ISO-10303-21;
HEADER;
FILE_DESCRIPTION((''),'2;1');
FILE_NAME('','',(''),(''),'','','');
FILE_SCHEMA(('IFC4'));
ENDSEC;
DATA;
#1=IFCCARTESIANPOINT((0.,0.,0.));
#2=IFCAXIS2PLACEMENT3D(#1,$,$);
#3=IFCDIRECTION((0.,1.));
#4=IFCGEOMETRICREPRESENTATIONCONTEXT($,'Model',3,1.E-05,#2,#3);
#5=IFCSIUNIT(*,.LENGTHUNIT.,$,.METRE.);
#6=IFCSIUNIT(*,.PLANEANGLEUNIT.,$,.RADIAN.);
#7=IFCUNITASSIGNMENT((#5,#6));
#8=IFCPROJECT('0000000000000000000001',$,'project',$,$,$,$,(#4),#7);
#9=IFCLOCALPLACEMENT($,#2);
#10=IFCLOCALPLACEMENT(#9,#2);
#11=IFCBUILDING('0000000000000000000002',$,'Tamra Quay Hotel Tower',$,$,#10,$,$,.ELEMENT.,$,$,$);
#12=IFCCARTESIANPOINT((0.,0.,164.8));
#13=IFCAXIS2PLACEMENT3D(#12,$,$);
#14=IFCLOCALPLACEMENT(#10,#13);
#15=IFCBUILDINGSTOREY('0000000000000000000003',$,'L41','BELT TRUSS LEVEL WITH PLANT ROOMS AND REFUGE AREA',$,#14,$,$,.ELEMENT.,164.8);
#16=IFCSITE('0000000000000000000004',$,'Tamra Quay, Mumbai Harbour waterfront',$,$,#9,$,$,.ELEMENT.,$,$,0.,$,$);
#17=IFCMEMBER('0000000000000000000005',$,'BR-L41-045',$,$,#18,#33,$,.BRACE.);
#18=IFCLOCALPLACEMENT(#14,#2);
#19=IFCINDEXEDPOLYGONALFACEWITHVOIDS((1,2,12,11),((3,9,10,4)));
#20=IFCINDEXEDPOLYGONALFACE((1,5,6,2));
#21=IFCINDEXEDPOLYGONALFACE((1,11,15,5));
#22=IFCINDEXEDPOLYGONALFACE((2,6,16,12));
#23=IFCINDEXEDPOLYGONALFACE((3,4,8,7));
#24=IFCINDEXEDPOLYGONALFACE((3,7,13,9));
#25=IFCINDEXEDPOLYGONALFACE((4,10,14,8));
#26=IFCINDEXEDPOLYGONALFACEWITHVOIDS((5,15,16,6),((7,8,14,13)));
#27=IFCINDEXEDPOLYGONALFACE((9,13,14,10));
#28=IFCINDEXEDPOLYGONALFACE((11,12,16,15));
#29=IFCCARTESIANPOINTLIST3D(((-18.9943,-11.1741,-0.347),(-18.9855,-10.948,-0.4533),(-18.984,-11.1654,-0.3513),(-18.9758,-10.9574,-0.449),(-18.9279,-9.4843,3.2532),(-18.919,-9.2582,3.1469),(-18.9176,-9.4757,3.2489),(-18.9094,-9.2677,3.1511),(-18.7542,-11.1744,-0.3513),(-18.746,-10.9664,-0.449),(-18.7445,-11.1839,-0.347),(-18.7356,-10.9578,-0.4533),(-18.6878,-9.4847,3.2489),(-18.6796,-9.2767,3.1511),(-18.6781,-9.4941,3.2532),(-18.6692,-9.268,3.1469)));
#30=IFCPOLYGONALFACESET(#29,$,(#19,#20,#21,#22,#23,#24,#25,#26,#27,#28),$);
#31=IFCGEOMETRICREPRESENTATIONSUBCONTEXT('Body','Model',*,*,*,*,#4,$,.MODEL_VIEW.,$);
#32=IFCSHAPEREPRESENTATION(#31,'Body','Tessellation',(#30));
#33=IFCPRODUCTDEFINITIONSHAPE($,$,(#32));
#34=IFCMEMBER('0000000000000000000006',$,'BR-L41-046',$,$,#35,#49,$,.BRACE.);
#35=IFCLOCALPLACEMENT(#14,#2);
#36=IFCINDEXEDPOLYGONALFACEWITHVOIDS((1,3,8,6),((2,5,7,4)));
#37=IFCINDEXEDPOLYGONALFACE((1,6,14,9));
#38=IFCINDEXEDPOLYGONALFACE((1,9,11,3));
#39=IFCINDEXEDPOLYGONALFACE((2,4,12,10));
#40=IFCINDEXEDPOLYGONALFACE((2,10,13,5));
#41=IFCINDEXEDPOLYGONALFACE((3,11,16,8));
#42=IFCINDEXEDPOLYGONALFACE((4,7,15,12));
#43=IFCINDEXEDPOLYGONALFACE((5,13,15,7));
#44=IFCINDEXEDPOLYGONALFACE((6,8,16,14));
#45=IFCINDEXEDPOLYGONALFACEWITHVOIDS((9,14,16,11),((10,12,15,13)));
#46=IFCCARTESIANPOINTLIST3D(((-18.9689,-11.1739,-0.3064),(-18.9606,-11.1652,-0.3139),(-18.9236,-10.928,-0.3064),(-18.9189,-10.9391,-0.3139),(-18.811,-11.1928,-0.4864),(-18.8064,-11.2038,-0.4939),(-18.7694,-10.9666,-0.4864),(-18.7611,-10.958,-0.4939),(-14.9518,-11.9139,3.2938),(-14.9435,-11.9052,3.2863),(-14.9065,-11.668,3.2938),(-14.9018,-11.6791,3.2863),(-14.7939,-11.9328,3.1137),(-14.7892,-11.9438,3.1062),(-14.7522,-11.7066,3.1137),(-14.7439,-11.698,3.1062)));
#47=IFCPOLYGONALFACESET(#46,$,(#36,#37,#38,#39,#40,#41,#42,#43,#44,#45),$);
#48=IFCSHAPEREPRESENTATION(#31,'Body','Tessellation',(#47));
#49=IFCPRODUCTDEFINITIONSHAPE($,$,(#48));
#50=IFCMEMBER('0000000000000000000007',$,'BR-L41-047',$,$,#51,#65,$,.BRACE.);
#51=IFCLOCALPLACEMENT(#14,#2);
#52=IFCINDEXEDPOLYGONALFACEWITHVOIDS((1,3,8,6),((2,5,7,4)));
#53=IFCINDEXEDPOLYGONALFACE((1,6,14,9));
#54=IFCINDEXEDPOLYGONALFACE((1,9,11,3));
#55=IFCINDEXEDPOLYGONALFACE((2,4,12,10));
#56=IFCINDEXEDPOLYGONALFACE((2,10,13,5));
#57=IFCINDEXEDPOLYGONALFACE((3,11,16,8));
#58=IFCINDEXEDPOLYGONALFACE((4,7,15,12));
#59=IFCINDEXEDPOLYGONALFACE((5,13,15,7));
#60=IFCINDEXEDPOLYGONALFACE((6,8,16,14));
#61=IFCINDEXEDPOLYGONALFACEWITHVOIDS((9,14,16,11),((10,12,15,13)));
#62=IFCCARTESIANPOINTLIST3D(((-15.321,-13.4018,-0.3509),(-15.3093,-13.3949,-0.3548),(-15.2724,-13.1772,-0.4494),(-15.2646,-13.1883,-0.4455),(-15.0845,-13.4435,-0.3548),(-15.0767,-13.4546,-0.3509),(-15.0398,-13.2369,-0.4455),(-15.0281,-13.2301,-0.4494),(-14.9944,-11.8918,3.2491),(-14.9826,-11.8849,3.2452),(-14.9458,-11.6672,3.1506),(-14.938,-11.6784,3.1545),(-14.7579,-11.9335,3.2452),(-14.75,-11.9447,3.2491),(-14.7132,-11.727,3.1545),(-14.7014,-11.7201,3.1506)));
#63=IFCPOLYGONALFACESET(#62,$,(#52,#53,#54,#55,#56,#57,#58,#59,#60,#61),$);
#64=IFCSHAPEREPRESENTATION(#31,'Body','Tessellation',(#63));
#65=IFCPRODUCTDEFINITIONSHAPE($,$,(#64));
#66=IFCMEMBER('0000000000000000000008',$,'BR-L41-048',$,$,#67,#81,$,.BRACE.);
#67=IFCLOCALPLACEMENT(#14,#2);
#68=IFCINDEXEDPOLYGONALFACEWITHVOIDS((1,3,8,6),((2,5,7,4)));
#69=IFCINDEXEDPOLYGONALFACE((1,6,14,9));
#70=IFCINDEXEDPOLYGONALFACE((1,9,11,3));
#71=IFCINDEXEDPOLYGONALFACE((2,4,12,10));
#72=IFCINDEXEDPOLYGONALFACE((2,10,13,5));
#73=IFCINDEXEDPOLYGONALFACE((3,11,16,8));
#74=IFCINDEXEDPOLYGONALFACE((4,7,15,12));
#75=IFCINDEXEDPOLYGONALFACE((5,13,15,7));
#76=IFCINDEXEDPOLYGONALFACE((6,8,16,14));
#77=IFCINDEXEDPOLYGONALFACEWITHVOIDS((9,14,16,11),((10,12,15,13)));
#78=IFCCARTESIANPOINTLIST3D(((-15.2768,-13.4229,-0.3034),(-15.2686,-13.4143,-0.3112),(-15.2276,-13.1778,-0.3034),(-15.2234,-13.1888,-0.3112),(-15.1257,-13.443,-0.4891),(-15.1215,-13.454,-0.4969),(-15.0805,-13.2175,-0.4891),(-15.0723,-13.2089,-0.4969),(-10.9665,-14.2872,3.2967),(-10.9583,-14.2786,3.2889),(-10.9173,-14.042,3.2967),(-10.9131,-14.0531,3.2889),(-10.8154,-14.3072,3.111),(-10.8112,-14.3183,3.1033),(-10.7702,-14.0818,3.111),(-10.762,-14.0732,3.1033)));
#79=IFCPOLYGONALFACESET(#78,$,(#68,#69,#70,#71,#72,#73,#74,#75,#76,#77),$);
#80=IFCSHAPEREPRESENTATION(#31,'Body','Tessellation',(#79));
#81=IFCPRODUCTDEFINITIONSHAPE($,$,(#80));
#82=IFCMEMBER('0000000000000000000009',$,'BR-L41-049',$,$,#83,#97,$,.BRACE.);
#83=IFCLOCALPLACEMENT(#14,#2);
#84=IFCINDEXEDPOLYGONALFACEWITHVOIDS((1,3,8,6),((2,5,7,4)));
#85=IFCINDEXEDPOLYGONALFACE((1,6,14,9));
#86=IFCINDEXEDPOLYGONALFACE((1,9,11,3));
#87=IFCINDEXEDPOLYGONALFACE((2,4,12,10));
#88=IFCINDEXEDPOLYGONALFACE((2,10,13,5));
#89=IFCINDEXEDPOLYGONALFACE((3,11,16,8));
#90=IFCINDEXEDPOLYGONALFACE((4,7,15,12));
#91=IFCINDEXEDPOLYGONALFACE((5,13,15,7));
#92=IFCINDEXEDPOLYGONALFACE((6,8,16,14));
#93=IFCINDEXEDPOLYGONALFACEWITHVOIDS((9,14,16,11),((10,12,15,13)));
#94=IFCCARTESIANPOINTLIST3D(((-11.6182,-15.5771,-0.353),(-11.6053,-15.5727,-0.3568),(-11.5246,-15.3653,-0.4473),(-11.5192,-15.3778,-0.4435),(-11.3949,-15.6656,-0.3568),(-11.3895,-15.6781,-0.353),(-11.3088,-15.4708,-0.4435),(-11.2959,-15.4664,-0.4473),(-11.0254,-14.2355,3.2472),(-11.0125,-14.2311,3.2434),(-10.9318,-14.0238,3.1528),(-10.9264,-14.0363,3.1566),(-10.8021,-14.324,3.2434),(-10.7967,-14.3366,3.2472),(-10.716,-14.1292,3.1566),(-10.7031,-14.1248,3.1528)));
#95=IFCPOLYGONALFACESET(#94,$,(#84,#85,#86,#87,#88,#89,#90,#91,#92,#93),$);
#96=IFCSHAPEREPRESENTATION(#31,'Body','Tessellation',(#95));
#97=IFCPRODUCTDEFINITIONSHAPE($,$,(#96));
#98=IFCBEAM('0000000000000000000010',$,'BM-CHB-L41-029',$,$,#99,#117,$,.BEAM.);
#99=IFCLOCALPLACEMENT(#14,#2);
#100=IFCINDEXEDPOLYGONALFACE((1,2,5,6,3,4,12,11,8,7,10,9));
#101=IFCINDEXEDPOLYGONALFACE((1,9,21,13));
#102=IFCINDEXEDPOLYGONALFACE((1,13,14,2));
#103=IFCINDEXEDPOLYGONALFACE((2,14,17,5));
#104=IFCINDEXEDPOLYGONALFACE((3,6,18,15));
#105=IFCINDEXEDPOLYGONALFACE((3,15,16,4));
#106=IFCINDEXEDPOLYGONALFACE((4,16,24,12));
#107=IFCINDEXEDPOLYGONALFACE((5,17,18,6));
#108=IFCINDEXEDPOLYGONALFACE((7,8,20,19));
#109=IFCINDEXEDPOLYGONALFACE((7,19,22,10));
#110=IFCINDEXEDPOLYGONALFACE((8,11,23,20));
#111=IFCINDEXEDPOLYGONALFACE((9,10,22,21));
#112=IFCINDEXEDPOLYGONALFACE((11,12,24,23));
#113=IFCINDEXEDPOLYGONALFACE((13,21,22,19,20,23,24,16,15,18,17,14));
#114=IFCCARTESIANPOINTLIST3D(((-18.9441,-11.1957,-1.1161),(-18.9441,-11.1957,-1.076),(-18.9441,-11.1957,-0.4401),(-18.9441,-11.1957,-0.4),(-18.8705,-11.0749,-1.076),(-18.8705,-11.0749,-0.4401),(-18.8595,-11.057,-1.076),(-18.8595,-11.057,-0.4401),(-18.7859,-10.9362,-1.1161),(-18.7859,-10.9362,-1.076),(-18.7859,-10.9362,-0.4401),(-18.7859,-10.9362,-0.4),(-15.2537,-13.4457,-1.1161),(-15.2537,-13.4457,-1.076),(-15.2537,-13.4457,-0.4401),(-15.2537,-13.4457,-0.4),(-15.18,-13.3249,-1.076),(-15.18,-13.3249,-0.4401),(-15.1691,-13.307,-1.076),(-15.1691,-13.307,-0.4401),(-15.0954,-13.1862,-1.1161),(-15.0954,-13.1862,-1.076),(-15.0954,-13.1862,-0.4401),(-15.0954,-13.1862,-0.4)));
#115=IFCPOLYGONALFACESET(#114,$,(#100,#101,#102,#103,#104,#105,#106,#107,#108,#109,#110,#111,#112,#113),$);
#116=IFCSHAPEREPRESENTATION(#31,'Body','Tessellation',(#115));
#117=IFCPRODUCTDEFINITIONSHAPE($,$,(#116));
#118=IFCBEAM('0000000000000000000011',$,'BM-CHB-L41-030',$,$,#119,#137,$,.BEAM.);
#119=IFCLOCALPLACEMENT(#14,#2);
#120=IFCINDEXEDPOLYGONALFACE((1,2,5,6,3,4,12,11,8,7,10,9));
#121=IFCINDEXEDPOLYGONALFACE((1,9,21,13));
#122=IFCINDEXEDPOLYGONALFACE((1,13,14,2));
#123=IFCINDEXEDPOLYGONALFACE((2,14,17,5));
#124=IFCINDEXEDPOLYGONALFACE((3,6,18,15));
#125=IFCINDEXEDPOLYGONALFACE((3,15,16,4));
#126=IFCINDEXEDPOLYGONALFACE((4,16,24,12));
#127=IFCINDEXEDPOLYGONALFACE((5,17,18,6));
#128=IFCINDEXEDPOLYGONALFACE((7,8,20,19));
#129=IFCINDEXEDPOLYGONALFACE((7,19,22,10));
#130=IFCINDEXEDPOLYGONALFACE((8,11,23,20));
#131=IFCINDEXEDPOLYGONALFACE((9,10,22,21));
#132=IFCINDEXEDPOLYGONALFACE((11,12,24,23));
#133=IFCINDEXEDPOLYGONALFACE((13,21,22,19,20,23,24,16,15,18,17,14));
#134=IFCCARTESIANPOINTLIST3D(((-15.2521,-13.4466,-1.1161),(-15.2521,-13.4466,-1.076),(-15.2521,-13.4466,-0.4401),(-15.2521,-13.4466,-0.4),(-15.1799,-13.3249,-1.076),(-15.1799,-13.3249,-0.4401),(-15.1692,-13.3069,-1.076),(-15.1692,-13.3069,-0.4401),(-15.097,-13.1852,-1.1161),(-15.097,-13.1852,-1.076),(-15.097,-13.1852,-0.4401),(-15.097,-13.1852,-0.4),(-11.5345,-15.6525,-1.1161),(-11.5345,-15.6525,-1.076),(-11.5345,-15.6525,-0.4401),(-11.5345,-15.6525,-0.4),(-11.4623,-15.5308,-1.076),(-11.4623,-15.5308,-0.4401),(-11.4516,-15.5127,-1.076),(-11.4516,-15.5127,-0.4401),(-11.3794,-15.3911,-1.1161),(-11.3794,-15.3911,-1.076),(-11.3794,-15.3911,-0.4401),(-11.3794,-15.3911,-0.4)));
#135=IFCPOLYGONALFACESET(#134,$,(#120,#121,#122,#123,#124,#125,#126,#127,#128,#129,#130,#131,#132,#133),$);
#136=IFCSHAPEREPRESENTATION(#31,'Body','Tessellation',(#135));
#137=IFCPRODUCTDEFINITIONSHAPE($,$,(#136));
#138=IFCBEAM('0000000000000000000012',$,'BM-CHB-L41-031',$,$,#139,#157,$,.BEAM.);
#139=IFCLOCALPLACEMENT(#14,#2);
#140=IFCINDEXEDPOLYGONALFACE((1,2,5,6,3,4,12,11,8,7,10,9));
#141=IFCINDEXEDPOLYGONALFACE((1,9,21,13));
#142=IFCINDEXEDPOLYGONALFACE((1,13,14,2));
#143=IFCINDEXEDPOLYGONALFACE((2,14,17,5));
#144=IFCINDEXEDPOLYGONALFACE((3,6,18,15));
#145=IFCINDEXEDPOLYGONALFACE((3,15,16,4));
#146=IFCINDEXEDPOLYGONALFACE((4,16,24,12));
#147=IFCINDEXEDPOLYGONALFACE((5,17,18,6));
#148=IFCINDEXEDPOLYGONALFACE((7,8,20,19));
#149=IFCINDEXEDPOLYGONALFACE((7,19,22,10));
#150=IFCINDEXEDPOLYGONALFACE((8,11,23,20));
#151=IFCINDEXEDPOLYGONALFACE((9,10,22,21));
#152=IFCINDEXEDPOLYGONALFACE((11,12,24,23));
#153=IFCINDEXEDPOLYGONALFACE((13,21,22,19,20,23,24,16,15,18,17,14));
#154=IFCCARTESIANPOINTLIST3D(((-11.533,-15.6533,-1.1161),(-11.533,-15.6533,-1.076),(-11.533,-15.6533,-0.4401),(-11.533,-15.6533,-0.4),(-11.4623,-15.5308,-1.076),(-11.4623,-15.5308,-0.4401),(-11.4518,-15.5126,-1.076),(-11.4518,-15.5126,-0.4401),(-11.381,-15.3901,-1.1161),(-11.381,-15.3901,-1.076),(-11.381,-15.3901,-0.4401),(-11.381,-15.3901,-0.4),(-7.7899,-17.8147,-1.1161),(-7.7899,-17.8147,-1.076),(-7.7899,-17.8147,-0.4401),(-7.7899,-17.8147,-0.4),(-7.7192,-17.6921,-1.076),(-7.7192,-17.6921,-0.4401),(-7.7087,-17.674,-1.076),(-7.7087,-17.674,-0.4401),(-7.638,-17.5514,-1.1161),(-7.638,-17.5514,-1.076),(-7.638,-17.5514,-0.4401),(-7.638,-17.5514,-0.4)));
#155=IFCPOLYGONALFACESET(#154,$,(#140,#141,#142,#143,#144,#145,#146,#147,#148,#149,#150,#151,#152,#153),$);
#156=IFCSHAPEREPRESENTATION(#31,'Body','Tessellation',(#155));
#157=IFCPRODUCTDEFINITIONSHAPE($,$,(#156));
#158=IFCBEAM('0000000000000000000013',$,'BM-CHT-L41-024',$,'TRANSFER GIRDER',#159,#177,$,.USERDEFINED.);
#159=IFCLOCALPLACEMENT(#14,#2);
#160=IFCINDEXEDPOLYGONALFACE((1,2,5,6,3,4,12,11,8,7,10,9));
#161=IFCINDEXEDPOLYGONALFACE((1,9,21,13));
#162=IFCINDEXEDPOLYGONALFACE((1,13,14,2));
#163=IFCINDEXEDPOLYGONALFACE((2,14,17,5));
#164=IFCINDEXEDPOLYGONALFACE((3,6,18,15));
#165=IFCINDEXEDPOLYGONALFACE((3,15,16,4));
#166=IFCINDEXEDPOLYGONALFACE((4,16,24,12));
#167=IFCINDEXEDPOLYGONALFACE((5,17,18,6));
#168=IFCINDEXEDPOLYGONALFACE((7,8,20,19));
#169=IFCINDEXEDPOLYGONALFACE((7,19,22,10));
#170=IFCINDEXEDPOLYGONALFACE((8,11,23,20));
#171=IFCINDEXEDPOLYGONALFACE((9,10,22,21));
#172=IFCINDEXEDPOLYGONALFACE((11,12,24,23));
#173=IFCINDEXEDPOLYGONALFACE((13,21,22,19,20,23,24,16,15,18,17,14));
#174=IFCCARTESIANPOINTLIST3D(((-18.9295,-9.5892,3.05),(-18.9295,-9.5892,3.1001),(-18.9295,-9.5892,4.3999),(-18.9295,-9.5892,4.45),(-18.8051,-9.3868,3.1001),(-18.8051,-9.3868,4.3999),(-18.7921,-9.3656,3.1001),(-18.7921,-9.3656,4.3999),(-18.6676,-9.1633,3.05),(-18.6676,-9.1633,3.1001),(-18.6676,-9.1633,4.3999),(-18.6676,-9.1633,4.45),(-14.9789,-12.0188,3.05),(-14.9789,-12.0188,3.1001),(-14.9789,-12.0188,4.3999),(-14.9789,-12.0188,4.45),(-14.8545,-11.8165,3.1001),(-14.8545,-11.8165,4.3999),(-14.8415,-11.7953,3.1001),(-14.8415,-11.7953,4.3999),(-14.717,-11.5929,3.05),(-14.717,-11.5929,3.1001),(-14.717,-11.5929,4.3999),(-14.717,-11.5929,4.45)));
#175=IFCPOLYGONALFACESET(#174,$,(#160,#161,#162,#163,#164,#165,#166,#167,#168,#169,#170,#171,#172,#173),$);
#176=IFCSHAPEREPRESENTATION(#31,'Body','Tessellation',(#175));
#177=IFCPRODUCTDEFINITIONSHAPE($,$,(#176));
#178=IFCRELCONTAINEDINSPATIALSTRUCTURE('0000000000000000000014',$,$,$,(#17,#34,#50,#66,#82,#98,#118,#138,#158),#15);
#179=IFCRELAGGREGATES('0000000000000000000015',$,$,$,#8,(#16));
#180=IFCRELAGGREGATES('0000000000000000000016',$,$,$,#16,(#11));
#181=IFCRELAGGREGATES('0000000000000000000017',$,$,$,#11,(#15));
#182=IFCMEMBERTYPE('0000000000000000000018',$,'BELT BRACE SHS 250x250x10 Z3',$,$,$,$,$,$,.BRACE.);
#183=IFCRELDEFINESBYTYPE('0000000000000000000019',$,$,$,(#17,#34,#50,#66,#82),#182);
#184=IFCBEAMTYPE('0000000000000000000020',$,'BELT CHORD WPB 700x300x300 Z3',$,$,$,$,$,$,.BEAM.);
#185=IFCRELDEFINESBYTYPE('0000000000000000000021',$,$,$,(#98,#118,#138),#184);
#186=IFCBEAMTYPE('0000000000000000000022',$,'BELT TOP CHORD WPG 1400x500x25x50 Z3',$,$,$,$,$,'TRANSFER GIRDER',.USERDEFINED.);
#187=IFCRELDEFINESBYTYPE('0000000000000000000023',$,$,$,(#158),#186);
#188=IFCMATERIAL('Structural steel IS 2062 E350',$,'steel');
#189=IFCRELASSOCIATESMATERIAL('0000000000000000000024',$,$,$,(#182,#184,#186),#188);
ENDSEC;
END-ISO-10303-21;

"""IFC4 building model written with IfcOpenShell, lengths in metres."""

from ifc_helpers import new_model, si_unit, direction, frame, origin, origin_2d, place, context, subcontext, project, spatial, hollow_rectangle, i_section, extrude, material, material_profile, profile_set, type_object, element, save


model = new_model("IFC4")

# Units and contexts
model_context = context("Model", 3, precision=1e-05, world=origin(), true_north=direction((0.0, 1.0)))
body_context = subcontext(model_context, "Body", "Model", "MODEL_VIEW")
ifc_project = project(units=[si_unit("LENGTHUNIT", "METRE"), si_unit("PLANEANGLEUNIT", "RADIAN")], contexts=[model_context])

# Site, building, storey
site_placement = place(None, origin())
site = spatial("IfcSite", under=ifc_project, at=site_placement, Name="Tamra Quay, Mumbai Harbour waterfront", CompositionType="ELEMENT", RefElevation=0.0)
building_placement = place(site_placement, origin())
building = spatial("IfcBuilding", under=site, at=building_placement, Name="Tamra Quay Hotel Tower", CompositionType="ELEMENT")
storey_placement = place(building_placement, frame((0.0, 0.0, 164.8)))
storey = spatial("IfcBuildingStorey", under=building, at=storey_placement, Name="L41", Description="BELT TRUSS LEVEL WITH PLANT ROOMS AND REFUGE AREA", CompositionType="ELEMENT", Elevation=164.8)

# Members
ifc_material_1 = material(Name="Structural steel IS 2062 E350", Category="steel")
ifc_material_profile_1 = material_profile(ifc_material_1, hollow_rectangle(XDim=0.25, YDim=0.25, WallThickness=0.01, at=origin_2d()), Name="SHS 250x250x10")
ifc_profile_set_1 = profile_set([ifc_material_profile_1], Name="Structural steel IS 2062 E350")
member_type = type_object("IfcMemberType", Name="BELT BRACE SHS 250x250x10 Z3", PredefinedType="BRACE", material=ifc_profile_set_1)
member_1_placement = place(storey_placement, frame((-18.865, -11.0659, -0.4001), z_axis=(0.016696, 0.424818, 0.905125), x_axis=(-0.999229, 0.03927, 0.0)))
element("IfcMember", 1, at=member_1_placement, inside=storey, type_object=member_type, Name="BR-L41-045", PredefinedType="BRACE", context=body_context, shape_type="SweptSolid", body=[
    extrude(hollow_rectangle(XDim=0.25, YDim=0.25, WallThickness=0.01, at=origin_2d()), origin(), (0.0, 0.0, 1.0), 3.9775),
])
member_2_placement = place(storey_placement, frame((-18.865, -11.0659, -0.4001), z_axis=(0.737791, -0.135909, 0.661205), x_axis=(0.181162, 0.983453, 0.0)))
element("IfcMember", 2, at=member_2_placement, inside=storey, type_object=member_type, Name="BR-L41-046", PredefinedType="BRACE", context=body_context, shape_type="SweptSolid", body=[
    extrude(hollow_rectangle(XDim=0.25, YDim=0.25, WallThickness=0.01, at=origin_2d()), origin(), (0.0, 0.0, 1.0), 5.4448),
])
member_3_placement = place(storey_placement, frame((-15.1746, -13.3159, -0.4001), z_axis=(0.083383, 0.385443, 0.918956), x_axis=(-0.977391, 0.211439, 0.0)))
element("IfcMember", 3, at=member_3_placement, inside=storey, type_object=member_type, Name="BR-L41-047", PredefinedType="BRACE", context=body_context, shape_type="SweptSolid", body=[
    extrude(hollow_rectangle(XDim=0.25, YDim=0.25, WallThickness=0.01, at=origin_2d()), origin(), (0.0, 0.0, 1.0), 3.9175),
])
member_4_placement = place(storey_placement, frame((-15.1746, -13.3159, -0.4001), z_axis=(0.758575, -0.152102, 0.633585), x_axis=(0.196597, 0.980484, 0.0)))
element("IfcMember", 4, at=member_4_placement, inside=storey, type_object=member_type, Name="BR-L41-048", PredefinedType="BRACE", context=body_context, shape_type="SweptSolid", body=[
    extrude(hollow_rectangle(XDim=0.25, YDim=0.25, WallThickness=0.01, at=origin_2d()), origin(), (0.0, 0.0, 1.0), 5.6821),
])
member_5_placement = place(storey_placement, frame((-11.457, -15.5217, -0.4001), z_axis=(0.152486, 0.345103, 0.926095), x_axis=(-0.914688, 0.404161, 0.0)))
element("IfcMember", 5, at=member_5_placement, inside=storey, type_object=member_type, Name="BR-L41-049", PredefinedType="BRACE", context=body_context, shape_type="SweptSolid", body=[
    extrude(hollow_rectangle(XDim=0.25, YDim=0.25, WallThickness=0.01, at=origin_2d()), origin(), (0.0, 0.0, 1.0), 3.8875),
])

# Beams
ifc_material_profile_2 = material_profile(ifc_material_1, i_section(OverallWidth=0.304, OverallDepth=0.7161, WebThickness=0.021, FlangeThickness=0.04, at=origin_2d()), Name="WPB 700x300x300")
ifc_profile_set_2 = profile_set([ifc_material_profile_2], Name="Structural steel IS 2062 E350")
beam_type_1 = type_object("IfcBeamType", Name="BELT CHORD WPB 700x300x300 Z3", PredefinedType="BEAM", material=ifc_profile_set_2)
beam_1_placement = place(storey_placement, frame((-18.865, -11.0659, -0.7581), z_axis=(0.853823, -0.520563, 0.0), x_axis=(0.520563, 0.853823, 0.0)))
element("IfcBeam", 6, at=beam_1_placement, inside=storey, type_object=beam_type_1, Name="BM-CHB-L41-029", PredefinedType="BEAM", context=body_context, shape_type="SweptSolid", body=[
    extrude(i_section(OverallWidth=0.304, OverallDepth=0.7161, WebThickness=0.021, FlangeThickness=0.04, at=origin_2d()), origin(), (0.0, 0.0, 1.0), 4.3223),
])
beam_2_placement = place(storey_placement, frame((-15.1746, -13.3159, -0.7581), z_axis=(0.860004, -0.510287, 0.0), x_axis=(0.510287, 0.860004, 0.0)))
element("IfcBeam", 7, at=beam_2_placement, inside=storey, type_object=beam_type_1, Name="BM-CHB-L41-030", PredefinedType="BEAM", context=body_context, shape_type="SweptSolid", body=[
    extrude(i_section(OverallWidth=0.304, OverallDepth=0.7161, WebThickness=0.021, FlangeThickness=0.04, at=origin_2d()), origin(), (0.0, 0.0, 1.0), 4.3228),
])
beam_3_placement = place(storey_placement, frame((-11.457, -15.5217, -0.7581), z_axis=(0.865999, -0.500045, 0.0), x_axis=(0.500045, 0.865999, 0.0)))
element("IfcBeam", 8, at=beam_3_placement, inside=storey, type_object=beam_type_1, Name="BM-CHB-L41-031", PredefinedType="BEAM", context=body_context, shape_type="SweptSolid", body=[
    extrude(i_section(OverallWidth=0.304, OverallDepth=0.7161, WebThickness=0.021, FlangeThickness=0.04, at=origin_2d()), origin(), (0.0, 0.0, 1.0), 4.3223),
])
ifc_material_profile_3 = material_profile(ifc_material_1, i_section(OverallWidth=0.5, OverallDepth=1.3999, WebThickness=0.0249, FlangeThickness=0.05, at=origin_2d()), Name="WPG 1400x500x25x50")
ifc_profile_set_3 = profile_set([ifc_material_profile_3], Name="Structural steel IS 2062 E350")
beam_type_2 = type_object("IfcBeamType", Name="BELT TOP CHORD WPG 1400x500x25x50 Z3", ElementType="TRANSFER GIRDER", PredefinedType="USERDEFINED", material=ifc_profile_set_3)
beam_4_placement = place(storey_placement, frame((-18.7986, -9.3762, 3.75), z_axis=(0.851803, -0.523862, 0.0), x_axis=(0.523862, 0.851803, 0.0)))
element("IfcBeam", 9, at=beam_4_placement, inside=storey, type_object=beam_type_2, Name="BM-CHT-L41-024", ObjectType="TRANSFER GIRDER", PredefinedType="USERDEFINED", context=body_context, shape_type="SweptSolid", body=[
    extrude(i_section(OverallWidth=0.5, OverallDepth=1.3999, WebThickness=0.0249, FlangeThickness=0.05, at=origin_2d()), origin(), (0.0, 0.0, 1.0), 4.6379),
])

save(model, "model.ifc")
